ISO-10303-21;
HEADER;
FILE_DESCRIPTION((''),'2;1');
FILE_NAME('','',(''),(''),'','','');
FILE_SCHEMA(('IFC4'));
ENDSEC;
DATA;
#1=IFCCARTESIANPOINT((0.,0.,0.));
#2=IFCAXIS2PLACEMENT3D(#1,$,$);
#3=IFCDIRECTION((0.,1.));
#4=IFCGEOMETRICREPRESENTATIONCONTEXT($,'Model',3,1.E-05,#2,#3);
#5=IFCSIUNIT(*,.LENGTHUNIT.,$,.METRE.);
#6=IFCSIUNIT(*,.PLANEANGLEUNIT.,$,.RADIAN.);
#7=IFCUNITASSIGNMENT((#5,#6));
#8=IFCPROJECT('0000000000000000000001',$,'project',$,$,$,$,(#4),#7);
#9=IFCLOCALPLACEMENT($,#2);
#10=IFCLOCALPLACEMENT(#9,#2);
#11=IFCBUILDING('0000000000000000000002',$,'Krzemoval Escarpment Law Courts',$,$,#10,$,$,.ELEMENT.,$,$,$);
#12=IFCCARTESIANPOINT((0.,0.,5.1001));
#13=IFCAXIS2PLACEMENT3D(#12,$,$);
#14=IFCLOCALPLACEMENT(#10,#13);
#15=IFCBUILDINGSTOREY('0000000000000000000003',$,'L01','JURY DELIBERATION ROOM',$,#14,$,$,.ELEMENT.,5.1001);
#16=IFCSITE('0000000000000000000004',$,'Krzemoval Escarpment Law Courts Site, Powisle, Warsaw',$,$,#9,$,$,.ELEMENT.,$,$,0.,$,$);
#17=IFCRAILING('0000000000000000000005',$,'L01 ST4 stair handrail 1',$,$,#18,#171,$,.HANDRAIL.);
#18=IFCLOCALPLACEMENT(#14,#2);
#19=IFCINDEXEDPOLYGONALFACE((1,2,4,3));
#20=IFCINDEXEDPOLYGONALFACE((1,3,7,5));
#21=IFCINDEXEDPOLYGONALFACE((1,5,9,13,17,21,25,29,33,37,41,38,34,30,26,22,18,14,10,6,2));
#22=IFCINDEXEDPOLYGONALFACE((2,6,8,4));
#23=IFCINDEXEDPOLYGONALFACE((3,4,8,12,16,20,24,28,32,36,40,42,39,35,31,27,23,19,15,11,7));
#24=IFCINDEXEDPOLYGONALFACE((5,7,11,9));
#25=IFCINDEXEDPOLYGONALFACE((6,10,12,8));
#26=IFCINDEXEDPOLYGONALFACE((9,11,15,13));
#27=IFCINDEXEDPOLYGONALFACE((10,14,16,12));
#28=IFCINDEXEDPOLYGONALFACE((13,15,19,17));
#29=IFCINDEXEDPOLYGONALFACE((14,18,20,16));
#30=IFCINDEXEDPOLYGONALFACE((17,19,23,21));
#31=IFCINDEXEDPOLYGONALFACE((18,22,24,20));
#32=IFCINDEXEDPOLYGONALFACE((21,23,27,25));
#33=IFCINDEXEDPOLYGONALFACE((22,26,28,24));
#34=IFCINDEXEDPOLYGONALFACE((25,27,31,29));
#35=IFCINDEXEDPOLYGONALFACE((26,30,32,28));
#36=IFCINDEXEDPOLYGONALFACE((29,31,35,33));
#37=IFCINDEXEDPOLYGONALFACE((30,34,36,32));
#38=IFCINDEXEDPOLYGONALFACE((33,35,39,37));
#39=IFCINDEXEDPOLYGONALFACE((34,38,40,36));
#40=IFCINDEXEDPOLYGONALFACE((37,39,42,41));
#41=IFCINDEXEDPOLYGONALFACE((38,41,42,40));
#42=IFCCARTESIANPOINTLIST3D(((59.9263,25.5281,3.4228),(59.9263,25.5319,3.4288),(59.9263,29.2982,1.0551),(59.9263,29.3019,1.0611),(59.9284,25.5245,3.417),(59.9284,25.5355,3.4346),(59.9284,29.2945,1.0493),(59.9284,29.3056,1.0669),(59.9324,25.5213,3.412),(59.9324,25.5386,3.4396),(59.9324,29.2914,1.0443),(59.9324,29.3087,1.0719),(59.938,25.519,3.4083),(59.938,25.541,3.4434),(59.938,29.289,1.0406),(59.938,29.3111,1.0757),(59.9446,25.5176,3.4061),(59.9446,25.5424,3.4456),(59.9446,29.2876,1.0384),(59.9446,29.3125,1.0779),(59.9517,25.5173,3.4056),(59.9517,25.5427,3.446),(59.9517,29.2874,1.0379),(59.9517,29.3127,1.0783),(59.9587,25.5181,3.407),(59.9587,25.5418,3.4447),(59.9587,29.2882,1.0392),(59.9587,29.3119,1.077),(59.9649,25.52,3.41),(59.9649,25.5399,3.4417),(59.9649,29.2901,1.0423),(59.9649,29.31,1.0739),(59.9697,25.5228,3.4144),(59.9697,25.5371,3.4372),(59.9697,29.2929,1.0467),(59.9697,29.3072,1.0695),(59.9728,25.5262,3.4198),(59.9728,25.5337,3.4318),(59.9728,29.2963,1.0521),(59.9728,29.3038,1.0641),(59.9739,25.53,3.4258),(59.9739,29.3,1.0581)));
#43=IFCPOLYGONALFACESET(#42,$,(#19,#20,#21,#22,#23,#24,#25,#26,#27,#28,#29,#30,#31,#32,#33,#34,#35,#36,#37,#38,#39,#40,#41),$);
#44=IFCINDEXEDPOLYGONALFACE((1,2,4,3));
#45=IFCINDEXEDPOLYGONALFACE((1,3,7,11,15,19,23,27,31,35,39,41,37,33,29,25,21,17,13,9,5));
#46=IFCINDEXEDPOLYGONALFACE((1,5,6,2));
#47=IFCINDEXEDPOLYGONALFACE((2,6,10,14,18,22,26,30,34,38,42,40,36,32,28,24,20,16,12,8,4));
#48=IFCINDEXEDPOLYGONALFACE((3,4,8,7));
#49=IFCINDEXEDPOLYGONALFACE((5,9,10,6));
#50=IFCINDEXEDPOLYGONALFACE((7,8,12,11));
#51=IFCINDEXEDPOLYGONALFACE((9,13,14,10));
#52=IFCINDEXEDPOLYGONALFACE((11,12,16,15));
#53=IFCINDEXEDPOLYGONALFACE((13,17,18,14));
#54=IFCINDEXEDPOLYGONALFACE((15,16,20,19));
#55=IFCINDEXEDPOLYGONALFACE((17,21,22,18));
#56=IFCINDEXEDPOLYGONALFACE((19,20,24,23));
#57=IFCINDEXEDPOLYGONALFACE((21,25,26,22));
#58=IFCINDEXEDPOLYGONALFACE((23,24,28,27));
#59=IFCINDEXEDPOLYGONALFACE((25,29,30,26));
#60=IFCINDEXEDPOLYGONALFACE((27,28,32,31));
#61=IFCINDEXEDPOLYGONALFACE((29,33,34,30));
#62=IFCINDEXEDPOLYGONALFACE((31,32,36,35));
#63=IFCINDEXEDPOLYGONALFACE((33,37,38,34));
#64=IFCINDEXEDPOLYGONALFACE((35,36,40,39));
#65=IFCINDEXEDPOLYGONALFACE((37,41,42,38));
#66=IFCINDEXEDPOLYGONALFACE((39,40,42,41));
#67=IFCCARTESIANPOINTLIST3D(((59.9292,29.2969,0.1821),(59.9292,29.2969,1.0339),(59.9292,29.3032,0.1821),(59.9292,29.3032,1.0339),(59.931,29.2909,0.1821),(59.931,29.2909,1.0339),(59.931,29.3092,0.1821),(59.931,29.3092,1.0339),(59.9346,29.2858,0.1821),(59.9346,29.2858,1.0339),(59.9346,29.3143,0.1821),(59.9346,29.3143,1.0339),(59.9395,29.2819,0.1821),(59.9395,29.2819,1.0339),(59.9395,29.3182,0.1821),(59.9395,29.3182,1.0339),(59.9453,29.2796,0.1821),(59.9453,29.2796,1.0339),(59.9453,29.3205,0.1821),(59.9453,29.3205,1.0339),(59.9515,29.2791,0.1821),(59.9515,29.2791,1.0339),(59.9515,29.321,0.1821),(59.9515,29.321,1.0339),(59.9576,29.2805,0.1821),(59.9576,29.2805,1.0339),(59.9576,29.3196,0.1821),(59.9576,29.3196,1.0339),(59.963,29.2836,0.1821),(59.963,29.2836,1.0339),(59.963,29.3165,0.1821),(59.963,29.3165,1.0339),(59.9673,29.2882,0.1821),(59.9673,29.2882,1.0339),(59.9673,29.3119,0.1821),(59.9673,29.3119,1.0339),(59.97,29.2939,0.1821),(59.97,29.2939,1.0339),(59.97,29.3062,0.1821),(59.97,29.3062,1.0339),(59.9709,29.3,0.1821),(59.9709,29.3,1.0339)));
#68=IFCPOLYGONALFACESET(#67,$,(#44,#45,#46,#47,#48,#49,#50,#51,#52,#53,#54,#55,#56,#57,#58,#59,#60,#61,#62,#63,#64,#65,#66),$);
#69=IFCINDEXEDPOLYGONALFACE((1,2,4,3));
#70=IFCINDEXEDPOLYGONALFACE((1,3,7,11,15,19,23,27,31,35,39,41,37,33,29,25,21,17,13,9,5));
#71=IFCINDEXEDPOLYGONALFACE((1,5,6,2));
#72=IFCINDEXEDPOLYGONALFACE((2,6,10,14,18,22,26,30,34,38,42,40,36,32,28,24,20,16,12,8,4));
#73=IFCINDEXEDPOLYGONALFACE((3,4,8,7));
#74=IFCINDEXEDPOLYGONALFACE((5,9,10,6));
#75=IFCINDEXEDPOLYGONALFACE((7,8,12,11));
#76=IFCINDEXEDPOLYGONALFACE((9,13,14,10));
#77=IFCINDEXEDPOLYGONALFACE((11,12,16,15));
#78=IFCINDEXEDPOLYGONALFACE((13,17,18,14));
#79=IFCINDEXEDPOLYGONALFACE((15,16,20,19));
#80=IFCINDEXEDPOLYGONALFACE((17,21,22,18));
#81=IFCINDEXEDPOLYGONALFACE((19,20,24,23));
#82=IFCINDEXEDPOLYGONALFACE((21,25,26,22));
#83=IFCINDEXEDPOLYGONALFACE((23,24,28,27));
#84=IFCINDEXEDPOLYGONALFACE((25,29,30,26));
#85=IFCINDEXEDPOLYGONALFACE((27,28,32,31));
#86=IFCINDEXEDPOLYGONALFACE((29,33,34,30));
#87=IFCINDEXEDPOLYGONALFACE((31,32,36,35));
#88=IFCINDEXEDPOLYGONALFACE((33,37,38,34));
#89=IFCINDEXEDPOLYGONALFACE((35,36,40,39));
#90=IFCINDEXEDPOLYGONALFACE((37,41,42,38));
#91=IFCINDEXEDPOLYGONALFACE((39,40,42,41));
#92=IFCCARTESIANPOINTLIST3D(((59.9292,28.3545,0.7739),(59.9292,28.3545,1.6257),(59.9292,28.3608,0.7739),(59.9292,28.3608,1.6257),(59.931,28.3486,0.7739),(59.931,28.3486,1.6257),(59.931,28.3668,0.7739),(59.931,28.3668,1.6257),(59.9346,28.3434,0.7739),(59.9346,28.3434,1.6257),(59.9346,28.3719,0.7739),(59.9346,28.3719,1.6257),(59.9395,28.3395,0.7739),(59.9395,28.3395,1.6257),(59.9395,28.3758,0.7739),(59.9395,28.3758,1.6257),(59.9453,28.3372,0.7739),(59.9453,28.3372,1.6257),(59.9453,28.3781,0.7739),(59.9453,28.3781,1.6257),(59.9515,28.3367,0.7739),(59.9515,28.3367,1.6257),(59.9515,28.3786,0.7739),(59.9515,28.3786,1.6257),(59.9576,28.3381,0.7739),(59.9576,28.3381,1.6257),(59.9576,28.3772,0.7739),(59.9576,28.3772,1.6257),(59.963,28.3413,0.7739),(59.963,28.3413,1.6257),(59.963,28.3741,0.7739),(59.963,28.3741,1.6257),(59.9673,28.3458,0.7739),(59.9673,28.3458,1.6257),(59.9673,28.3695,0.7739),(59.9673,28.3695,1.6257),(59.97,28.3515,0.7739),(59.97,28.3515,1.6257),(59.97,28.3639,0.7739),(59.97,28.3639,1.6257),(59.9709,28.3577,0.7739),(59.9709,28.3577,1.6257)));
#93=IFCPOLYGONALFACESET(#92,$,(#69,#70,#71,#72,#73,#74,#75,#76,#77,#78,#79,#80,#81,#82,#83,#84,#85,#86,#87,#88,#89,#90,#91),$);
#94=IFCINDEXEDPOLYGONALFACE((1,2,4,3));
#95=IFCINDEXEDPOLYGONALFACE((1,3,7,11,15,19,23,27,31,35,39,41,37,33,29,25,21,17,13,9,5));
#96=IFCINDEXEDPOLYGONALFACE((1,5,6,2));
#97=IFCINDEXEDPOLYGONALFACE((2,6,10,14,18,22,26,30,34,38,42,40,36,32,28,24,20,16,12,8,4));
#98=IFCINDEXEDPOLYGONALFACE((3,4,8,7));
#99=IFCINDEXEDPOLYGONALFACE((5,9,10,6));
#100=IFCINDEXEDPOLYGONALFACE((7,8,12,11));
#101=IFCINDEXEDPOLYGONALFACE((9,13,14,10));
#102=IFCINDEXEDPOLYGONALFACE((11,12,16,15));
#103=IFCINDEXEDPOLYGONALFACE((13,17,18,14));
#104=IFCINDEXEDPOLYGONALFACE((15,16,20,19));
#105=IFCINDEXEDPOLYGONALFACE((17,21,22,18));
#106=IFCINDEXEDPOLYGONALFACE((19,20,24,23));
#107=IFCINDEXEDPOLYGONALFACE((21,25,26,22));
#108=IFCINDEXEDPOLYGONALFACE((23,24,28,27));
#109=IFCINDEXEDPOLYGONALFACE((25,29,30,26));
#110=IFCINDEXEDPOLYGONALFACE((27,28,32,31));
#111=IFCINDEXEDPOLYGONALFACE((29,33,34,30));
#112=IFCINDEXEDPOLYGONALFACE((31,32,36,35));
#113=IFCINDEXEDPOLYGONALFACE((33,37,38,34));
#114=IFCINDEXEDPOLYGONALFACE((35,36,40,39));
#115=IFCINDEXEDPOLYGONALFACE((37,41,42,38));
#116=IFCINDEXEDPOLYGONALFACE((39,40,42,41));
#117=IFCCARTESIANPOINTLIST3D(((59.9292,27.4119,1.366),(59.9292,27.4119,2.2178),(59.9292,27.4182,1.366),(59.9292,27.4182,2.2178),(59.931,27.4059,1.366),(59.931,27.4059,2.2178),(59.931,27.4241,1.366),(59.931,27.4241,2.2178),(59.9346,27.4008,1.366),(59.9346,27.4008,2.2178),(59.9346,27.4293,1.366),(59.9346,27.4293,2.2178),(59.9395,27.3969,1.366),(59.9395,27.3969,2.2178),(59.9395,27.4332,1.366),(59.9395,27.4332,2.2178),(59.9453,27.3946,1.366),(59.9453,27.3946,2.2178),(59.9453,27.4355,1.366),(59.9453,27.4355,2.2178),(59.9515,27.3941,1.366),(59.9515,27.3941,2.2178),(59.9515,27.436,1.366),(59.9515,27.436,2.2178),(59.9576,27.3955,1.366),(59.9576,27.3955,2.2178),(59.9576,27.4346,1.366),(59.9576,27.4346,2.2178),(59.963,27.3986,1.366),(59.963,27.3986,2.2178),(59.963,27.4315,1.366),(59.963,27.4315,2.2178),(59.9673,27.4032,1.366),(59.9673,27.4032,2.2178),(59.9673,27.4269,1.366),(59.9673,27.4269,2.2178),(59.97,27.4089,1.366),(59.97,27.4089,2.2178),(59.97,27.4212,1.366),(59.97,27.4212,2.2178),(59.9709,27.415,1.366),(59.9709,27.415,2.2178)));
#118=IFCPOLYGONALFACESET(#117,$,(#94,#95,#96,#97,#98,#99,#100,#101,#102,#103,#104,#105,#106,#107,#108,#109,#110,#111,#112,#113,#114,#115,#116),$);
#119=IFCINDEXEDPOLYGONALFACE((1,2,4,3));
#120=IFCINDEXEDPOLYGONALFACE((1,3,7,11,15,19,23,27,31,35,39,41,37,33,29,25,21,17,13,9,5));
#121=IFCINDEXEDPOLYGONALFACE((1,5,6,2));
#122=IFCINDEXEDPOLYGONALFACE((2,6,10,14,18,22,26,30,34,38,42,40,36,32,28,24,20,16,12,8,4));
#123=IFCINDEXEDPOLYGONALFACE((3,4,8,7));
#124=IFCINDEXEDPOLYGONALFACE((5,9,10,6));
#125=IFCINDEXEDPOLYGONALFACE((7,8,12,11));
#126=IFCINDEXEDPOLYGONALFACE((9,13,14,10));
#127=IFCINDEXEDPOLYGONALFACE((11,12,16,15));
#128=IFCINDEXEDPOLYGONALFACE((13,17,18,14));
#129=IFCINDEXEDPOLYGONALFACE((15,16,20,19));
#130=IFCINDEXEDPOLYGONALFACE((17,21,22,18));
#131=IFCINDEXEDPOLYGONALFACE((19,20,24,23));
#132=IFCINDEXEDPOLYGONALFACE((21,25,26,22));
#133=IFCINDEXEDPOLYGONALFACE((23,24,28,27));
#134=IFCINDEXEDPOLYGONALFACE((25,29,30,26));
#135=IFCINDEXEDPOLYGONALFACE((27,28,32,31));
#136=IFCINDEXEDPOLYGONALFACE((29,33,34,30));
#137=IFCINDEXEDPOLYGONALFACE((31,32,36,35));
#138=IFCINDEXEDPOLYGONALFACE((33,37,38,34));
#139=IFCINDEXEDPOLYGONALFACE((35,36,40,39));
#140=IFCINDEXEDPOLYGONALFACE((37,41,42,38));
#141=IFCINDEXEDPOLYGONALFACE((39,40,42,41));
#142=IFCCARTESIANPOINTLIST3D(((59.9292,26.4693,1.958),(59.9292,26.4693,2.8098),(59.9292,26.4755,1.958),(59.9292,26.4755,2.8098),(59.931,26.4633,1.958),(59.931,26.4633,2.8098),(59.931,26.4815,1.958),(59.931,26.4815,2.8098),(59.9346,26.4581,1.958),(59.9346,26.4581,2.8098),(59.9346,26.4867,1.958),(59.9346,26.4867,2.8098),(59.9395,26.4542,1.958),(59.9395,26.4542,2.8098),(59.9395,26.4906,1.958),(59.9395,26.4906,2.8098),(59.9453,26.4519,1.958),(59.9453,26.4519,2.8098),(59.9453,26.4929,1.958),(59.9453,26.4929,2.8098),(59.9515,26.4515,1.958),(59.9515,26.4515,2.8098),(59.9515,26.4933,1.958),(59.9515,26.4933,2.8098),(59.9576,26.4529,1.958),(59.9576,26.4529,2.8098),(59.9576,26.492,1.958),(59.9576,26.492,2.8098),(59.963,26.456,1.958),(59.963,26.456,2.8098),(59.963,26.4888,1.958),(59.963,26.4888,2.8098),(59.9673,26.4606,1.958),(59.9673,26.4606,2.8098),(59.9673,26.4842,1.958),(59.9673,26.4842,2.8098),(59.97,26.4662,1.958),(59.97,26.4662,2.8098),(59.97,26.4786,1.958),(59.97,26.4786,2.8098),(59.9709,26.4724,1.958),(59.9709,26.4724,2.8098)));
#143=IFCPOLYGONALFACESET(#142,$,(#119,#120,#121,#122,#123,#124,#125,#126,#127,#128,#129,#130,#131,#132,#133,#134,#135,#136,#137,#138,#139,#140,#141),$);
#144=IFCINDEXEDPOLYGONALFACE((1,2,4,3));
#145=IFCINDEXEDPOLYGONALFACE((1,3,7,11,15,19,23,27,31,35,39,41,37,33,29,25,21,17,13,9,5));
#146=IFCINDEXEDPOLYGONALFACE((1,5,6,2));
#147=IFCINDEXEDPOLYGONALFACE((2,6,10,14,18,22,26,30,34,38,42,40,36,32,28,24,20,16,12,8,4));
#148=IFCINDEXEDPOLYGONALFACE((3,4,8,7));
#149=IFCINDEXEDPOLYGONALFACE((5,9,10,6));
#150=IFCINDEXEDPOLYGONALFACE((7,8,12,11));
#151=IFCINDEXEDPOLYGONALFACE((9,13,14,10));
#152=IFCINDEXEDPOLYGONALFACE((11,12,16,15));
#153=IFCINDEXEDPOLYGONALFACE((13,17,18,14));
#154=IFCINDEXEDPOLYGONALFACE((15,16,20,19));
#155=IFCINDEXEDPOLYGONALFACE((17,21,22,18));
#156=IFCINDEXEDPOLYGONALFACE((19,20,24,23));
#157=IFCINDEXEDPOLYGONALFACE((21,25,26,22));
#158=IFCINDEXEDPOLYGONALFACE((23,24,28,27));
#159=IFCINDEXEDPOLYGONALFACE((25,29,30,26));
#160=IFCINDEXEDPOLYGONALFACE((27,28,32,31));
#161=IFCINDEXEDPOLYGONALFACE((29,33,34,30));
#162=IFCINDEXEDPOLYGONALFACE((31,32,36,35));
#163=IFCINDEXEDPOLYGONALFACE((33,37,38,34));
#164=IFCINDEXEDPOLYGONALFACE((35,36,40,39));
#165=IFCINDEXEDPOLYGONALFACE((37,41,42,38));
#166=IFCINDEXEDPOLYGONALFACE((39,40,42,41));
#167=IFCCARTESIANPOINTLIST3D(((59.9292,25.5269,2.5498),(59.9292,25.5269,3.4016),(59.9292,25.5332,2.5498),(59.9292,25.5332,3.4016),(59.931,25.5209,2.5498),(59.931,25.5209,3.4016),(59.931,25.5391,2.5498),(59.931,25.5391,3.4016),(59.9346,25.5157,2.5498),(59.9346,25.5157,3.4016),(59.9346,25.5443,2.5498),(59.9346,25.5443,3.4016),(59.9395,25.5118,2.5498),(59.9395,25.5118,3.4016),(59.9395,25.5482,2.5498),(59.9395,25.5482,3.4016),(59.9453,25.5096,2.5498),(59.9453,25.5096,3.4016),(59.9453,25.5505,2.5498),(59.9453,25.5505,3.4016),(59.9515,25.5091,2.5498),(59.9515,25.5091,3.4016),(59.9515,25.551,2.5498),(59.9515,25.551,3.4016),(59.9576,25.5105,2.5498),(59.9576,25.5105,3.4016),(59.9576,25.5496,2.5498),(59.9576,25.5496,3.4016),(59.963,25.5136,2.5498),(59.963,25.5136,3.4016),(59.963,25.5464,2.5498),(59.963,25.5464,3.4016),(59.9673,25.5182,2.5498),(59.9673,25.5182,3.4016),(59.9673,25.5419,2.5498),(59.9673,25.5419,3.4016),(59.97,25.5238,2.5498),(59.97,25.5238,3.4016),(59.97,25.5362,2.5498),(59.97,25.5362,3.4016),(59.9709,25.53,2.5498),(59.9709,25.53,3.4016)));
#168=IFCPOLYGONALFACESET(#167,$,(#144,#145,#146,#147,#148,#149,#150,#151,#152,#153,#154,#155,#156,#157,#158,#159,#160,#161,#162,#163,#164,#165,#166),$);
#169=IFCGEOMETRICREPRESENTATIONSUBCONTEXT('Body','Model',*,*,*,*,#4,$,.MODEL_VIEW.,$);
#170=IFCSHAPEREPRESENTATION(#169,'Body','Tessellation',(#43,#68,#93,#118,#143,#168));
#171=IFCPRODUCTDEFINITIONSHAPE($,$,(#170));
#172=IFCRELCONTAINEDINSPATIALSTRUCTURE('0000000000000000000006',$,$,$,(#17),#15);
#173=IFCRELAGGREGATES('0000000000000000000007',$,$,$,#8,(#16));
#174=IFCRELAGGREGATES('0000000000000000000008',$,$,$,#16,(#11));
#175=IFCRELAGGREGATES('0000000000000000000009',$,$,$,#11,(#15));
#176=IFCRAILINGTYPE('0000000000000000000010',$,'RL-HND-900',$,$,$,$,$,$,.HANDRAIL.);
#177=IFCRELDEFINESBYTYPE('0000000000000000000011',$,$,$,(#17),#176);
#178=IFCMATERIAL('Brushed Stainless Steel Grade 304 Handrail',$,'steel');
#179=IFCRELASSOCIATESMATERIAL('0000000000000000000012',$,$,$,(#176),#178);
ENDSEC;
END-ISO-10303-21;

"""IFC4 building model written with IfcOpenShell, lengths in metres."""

from ifc_helpers import new_model, si_unit, direction, frame, origin, origin_2d, place, context, subcontext, project, spatial, circle, extrude, material, type_object, element, save


model = new_model("IFC4")

# Units and contexts
model_context = context("Model", 3, precision=1e-05, world=origin(), true_north=direction((0.0, 1.0)))
body_context = subcontext(model_context, "Body", "Model", "MODEL_VIEW")
ifc_project = project(units=[si_unit("LENGTHUNIT", "METRE"), si_unit("PLANEANGLEUNIT", "RADIAN")], contexts=[model_context])

# Site, building, storey
site_placement = place(None, origin())
site = spatial("IfcSite", under=ifc_project, at=site_placement, Name="Krzemoval Escarpment Law Courts Site, Powisle, Warsaw", CompositionType="ELEMENT", RefElevation=0.0)
building_placement = place(site_placement, origin())
building = spatial("IfcBuilding", under=site, at=building_placement, Name="Krzemoval Escarpment Law Courts", CompositionType="ELEMENT")
storey_placement = place(building_placement, frame((0.0, 0.0, 5.1001)))
storey = spatial("IfcBuildingStorey", under=building, at=storey_placement, Name="L01", Description="JURY DELIBERATION ROOM", CompositionType="ELEMENT", Elevation=5.1001)

# Railing
ifc_material_1 = material(Name="Brushed Stainless Steel Grade 304 Handrail", Category="steel")
railing_type_1 = type_object("IfcRailingType", Name="RL-HND-900", PredefinedType="HANDRAIL", material=ifc_material_1)
railing_1_placement = place(storey_placement, frame((59.95, 29.3, 0.1821)))
element("IfcRailing", 1, at=railing_1_placement, inside=storey, type_object=railing_type_1, Name="L01 ST4 stair handrail 1", PredefinedType="HANDRAIL", context=body_context, shape_type="SweptSolid", body=[
    extrude(circle(Radius=0.0239, at=origin_2d()), frame((0.0, 0.0, 0.876), z_axis=(0.0, -0.846844, 0.531841), x_axis=(1.0, 0.0, 0.0)), (0.0, 0.0, 1.0), 4.4519),
    extrude(circle(Radius=0.021, at=origin_2d()), origin(), (0.0, 0.0, 1.0), 0.8518),
    extrude(circle(Radius=0.021, at=origin_2d()), frame((0.0, -0.9424, 0.5918)), (0.0, 0.0, 1.0), 0.8518),
    extrude(circle(Radius=0.021, at=origin_2d()), frame((0.0, -1.885, 1.1838)), (0.0, 0.0, 1.0), 0.8518),
    extrude(circle(Radius=0.021, at=origin_2d()), frame((0.0, -2.8276, 1.7759)), (0.0, 0.0, 1.0), 0.8518),
    extrude(circle(Radius=0.021, at=origin_2d()), frame((0.0, -3.77, 2.3677)), (0.0, 0.0, 1.0), 0.8518),
])

save(model, "model.ifc")
